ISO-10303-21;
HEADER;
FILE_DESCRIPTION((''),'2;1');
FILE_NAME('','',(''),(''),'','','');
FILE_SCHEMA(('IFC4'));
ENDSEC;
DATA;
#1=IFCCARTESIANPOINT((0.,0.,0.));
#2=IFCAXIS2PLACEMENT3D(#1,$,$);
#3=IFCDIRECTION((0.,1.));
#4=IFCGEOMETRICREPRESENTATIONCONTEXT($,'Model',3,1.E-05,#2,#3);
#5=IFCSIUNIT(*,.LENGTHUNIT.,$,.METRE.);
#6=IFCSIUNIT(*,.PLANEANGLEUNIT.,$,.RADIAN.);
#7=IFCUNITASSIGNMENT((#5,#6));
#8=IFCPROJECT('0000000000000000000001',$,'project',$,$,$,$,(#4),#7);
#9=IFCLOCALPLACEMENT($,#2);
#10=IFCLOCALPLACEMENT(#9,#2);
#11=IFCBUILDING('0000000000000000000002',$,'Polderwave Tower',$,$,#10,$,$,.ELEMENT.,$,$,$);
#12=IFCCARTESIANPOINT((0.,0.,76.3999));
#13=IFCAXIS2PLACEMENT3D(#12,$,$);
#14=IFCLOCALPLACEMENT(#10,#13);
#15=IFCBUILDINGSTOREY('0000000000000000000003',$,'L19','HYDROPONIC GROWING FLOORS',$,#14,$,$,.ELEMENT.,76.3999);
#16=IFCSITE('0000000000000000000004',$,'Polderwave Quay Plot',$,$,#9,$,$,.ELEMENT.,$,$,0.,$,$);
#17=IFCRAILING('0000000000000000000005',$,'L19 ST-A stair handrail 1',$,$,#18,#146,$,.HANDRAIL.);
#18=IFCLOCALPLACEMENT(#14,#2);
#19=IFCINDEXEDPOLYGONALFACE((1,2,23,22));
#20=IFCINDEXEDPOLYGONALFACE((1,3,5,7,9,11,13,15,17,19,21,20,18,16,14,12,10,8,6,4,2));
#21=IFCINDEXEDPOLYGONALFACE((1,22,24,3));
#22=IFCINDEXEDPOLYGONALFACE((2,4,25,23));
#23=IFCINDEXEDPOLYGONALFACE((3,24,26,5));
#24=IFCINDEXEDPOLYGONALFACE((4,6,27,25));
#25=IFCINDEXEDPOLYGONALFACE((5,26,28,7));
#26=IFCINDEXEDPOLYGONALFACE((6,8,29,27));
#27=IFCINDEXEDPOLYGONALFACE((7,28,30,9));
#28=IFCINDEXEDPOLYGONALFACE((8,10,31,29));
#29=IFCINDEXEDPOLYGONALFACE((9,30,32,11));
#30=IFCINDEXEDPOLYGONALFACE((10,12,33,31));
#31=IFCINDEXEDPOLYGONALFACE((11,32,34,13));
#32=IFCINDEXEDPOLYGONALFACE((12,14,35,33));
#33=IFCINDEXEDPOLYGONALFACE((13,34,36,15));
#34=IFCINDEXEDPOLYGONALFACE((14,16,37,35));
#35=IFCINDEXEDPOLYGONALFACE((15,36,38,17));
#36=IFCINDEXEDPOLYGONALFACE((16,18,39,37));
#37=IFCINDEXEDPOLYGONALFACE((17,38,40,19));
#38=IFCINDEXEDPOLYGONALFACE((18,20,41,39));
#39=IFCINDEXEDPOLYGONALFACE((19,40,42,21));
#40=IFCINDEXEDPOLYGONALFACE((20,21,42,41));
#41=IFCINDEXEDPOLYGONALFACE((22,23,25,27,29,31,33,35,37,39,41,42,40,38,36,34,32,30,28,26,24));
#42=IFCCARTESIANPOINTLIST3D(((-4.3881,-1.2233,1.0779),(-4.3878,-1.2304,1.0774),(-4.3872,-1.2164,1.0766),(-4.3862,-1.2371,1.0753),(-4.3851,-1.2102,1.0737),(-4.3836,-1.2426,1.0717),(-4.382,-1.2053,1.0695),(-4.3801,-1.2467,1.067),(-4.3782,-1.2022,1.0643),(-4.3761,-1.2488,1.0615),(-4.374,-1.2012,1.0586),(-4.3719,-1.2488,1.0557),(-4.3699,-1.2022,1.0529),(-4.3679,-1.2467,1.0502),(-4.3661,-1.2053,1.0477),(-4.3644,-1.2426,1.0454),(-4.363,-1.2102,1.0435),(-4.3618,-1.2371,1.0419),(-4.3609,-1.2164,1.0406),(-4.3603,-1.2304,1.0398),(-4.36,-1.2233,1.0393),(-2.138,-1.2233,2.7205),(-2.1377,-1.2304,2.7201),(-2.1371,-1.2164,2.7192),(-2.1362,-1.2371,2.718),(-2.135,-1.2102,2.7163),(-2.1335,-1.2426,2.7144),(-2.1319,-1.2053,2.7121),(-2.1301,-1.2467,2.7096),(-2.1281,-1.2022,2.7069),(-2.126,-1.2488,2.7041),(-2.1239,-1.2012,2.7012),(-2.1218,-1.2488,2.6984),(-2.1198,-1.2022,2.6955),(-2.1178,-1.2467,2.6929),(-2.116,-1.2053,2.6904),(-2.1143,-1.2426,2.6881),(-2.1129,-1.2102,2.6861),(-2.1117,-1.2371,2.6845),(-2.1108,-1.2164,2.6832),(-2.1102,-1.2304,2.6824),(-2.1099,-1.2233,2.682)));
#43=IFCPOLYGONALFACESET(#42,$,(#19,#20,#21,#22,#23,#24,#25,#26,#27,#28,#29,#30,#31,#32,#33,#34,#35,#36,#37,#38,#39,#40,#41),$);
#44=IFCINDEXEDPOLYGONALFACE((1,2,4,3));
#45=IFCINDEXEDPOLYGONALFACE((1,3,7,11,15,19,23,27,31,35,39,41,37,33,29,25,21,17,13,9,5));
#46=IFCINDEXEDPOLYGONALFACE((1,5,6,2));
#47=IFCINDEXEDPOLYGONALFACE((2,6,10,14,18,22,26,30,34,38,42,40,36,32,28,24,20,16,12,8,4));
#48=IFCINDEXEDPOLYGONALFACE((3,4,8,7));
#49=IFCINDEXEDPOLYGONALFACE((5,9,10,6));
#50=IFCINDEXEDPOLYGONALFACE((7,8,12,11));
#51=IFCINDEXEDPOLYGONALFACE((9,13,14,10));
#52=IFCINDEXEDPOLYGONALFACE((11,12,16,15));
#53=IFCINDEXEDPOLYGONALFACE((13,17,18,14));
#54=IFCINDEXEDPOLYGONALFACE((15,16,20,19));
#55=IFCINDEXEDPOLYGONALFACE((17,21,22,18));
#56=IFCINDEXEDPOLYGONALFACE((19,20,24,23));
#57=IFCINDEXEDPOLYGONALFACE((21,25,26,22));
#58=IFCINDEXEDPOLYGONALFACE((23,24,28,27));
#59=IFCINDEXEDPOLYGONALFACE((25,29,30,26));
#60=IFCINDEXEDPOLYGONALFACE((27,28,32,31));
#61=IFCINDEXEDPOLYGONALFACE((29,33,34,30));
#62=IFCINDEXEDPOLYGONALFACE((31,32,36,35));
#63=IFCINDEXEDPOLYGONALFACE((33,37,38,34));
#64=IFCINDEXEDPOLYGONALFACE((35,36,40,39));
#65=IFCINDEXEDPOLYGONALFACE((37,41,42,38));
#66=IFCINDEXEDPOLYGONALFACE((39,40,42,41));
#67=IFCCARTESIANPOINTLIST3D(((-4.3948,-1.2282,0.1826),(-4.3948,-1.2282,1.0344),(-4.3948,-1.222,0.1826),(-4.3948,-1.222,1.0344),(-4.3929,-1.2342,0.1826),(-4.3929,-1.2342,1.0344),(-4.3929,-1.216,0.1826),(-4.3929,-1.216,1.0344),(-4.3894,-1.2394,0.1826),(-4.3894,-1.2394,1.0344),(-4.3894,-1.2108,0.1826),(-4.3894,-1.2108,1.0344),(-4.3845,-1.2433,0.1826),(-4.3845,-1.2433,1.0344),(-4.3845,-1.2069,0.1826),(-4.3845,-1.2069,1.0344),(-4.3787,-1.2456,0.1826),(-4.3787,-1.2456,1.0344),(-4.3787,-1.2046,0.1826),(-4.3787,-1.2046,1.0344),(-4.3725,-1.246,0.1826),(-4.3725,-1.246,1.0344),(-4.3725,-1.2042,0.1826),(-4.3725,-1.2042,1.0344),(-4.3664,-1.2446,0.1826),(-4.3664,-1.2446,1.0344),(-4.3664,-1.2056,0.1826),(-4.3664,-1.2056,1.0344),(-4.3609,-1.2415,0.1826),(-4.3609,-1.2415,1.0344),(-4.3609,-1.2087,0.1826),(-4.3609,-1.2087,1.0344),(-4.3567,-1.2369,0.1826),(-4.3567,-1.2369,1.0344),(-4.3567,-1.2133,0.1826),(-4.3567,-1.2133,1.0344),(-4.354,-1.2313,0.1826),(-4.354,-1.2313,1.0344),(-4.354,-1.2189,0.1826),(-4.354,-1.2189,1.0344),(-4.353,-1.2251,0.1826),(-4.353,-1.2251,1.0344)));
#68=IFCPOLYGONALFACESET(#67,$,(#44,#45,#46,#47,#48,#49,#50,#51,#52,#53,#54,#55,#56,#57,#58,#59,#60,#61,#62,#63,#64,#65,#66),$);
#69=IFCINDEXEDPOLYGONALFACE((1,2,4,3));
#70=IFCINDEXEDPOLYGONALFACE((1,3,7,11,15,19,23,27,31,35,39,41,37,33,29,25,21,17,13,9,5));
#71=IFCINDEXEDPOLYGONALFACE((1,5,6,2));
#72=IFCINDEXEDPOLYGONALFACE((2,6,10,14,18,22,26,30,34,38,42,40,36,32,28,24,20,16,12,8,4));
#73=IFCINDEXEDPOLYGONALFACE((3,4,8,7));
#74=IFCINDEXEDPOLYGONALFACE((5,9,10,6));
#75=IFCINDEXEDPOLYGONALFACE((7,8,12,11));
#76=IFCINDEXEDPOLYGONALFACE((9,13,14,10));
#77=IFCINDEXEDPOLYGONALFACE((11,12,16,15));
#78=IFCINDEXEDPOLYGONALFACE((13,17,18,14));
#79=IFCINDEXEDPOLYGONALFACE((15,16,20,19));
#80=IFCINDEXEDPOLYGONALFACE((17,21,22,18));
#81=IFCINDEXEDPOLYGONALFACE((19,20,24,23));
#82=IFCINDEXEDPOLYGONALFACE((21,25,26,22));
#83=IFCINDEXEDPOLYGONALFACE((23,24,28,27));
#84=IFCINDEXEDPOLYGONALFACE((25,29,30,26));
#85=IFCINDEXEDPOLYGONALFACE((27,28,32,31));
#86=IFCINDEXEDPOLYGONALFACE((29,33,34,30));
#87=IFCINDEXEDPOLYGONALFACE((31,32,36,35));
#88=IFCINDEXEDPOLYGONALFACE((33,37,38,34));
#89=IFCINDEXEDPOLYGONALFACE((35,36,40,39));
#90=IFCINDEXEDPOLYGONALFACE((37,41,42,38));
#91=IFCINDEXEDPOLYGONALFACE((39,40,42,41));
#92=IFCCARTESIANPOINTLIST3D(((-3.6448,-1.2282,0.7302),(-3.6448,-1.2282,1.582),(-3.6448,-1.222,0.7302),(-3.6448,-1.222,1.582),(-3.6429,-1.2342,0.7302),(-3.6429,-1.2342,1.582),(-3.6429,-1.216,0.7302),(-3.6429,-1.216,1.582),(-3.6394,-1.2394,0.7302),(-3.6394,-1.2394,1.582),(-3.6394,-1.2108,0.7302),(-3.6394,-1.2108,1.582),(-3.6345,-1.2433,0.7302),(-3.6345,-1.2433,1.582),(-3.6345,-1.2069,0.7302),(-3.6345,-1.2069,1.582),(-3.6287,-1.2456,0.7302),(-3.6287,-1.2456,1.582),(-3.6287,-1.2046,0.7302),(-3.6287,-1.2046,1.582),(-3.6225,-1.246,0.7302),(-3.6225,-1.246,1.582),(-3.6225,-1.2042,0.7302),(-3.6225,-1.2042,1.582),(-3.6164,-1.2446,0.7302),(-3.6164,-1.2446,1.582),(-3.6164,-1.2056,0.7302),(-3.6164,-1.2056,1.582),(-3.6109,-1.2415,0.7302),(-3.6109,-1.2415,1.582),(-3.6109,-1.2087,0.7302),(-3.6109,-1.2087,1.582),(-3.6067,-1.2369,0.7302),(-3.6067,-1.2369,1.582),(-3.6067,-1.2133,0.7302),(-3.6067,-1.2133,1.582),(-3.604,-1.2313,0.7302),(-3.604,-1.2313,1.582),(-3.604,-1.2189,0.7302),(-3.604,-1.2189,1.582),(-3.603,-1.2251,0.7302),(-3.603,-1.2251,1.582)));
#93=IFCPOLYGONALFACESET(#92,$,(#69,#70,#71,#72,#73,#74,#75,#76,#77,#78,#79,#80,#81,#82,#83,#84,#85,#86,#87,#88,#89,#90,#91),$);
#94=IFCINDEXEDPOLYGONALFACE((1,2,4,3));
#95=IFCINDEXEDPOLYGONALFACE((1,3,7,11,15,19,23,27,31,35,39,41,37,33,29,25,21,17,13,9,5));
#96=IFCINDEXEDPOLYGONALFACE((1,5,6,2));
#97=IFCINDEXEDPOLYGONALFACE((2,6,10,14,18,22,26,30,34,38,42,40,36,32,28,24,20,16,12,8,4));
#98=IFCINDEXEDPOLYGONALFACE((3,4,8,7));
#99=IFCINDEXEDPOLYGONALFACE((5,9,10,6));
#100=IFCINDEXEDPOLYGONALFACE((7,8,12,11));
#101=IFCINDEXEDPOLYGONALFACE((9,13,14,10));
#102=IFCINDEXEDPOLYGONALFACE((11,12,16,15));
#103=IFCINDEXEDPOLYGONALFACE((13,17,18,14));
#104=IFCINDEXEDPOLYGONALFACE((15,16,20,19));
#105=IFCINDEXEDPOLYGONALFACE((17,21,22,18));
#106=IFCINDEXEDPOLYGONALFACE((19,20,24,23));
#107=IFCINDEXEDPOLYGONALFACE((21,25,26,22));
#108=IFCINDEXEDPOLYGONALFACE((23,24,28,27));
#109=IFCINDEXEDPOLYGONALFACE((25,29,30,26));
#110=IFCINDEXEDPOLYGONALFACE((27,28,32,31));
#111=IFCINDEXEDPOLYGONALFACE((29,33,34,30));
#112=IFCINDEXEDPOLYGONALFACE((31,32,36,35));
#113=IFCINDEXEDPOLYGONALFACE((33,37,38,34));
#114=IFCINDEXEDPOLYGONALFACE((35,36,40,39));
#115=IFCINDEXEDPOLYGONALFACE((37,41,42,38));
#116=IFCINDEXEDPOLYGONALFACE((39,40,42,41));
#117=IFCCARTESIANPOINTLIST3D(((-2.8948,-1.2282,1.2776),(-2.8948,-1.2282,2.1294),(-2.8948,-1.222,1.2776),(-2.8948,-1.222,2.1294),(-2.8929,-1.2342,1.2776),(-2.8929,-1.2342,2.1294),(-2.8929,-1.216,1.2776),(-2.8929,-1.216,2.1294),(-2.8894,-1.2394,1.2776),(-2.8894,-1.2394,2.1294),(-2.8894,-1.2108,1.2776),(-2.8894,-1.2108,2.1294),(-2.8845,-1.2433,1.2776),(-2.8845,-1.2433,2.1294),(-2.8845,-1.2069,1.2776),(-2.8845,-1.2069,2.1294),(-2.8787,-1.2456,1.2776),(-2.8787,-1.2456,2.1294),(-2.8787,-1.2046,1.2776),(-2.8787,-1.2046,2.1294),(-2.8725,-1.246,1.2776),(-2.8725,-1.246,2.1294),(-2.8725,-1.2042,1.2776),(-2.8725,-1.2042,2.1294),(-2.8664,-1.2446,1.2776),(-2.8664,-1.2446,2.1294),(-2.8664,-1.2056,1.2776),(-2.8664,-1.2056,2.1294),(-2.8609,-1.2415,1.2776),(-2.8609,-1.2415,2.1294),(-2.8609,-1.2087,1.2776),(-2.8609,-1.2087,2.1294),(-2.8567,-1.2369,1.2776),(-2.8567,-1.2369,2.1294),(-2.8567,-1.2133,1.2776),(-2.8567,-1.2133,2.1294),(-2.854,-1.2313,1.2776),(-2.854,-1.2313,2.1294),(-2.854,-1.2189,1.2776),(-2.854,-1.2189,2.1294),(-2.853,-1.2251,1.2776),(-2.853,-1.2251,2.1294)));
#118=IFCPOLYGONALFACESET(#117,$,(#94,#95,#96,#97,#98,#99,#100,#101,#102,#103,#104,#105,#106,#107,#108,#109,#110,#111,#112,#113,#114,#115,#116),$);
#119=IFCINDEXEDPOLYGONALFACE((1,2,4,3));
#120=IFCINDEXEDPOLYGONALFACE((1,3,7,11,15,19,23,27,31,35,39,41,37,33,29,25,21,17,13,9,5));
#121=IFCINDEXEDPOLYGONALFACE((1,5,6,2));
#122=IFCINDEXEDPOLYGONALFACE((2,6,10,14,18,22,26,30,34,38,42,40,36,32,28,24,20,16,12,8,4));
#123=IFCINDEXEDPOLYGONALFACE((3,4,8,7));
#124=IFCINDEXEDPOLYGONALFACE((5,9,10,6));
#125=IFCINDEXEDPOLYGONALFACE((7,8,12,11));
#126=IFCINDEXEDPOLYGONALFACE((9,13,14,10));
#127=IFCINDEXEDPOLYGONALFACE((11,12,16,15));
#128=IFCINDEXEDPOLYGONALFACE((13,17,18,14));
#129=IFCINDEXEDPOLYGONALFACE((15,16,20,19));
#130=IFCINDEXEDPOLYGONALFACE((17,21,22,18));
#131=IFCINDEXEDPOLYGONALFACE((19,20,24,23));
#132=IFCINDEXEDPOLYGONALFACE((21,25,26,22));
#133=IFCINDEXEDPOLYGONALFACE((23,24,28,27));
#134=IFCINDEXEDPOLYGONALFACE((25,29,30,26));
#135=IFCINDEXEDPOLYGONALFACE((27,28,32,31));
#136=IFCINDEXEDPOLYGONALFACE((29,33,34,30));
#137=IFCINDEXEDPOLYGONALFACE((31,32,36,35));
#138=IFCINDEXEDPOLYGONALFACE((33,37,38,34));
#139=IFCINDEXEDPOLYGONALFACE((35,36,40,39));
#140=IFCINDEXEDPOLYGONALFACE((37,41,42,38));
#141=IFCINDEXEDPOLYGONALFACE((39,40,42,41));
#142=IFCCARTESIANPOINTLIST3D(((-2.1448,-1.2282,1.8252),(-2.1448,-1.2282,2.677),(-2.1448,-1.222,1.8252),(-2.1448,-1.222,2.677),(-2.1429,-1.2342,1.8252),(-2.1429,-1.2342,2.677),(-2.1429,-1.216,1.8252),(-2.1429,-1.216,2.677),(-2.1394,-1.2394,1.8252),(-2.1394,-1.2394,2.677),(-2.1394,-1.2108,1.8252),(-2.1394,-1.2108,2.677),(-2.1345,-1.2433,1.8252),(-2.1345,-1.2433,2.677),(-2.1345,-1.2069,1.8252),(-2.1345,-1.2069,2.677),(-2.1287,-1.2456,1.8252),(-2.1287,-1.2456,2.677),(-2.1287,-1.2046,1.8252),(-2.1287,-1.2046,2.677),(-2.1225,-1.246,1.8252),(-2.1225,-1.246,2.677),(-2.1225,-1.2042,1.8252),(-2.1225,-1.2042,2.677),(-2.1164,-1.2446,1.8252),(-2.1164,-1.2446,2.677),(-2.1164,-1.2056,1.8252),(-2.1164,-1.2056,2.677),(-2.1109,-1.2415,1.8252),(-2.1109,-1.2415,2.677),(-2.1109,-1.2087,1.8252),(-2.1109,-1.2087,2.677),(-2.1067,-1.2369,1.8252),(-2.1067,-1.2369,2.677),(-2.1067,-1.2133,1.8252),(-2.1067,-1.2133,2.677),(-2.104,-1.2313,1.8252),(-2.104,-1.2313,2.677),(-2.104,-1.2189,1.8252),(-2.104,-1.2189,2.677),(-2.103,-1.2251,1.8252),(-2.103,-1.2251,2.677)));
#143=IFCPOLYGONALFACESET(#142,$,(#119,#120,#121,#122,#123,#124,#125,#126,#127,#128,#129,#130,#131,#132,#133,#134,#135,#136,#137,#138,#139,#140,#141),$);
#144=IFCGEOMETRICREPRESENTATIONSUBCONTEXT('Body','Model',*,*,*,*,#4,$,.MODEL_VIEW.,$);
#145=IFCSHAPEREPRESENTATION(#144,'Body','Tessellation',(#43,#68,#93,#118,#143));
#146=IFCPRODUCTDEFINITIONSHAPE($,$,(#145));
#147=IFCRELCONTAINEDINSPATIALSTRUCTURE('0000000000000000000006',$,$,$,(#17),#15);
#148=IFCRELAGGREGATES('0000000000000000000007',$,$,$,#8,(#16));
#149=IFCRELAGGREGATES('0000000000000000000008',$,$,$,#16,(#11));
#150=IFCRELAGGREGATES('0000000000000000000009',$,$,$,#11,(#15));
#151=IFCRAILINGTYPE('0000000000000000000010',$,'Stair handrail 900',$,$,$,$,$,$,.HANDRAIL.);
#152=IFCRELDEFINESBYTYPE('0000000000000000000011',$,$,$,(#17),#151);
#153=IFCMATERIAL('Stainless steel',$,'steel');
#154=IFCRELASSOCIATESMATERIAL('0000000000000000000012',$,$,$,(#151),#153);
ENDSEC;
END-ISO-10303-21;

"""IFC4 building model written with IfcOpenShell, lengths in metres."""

from ifc_helpers import new_model, si_unit, direction, frame, origin, origin_2d, place, context, subcontext, project, spatial, circle, extrude, material, type_object, element, save


model = new_model("IFC4")

# Units and contexts
model_context = context("Model", 3, precision=1e-05, world=origin(), true_north=direction((0.0, 1.0)))
body_context = subcontext(model_context, "Body", "Model", "MODEL_VIEW")
ifc_project = project(units=[si_unit("LENGTHUNIT", "METRE"), si_unit("PLANEANGLEUNIT", "RADIAN")], contexts=[model_context])

# Site, building, storey
site_placement = place(None, origin())
site = spatial("IfcSite", under=ifc_project, at=site_placement, Name="Polderwave Quay Plot", CompositionType="ELEMENT", RefElevation=0.0)
building_placement = place(site_placement, origin())
building = spatial("IfcBuilding", under=site, at=building_placement, Name="Polderwave Tower", CompositionType="ELEMENT")
storey_placement = place(building_placement, frame((0.0, 0.0, 76.3999)))
storey = spatial("IfcBuildingStorey", under=building, at=storey_placement, Name="L19", Description="HYDROPONIC GROWING FLOORS", CompositionType="ELEMENT", Elevation=76.3999)

# Shared definitions
ifc_material_1 = material(Name="Stainless steel", Category="steel")

# Railing
railing_type_1 = type_object("IfcRailingType", Name="Stair handrail 900", PredefinedType="HANDRAIL", material=ifc_material_1)
railing_1_placement = place(storey_placement, frame((-4.374, -1.2251, 0.1826)))
element("IfcRailing", 1, at=railing_1_placement, inside=storey, type_object=railing_type_1, Name="L19 ST-A stair handrail 1", PredefinedType="HANDRAIL", context=body_context, shape_type="SweptSolid", body=[
    extrude(circle(Radius=0.0239, at=origin_2d()), frame((0.0, 0.0, 0.876), z_axis=(0.807674, 0.0, 0.58963), x_axis=(0.0, 1.0, 0.0)), (0.0, 0.0, 1.0), 2.7859),
    extrude(circle(Radius=0.021, at=origin_2d()), origin(), (0.0, 0.0, 1.0), 0.8518),
    extrude(circle(Radius=0.021, at=origin_2d()), frame((0.75, 0.0, 0.5476)), (0.0, 0.0, 1.0), 0.8518),
    extrude(circle(Radius=0.021, at=origin_2d()), frame((1.5, 0.0, 1.095)), (0.0, 0.0, 1.0), 0.8518),
    extrude(circle(Radius=0.021, at=origin_2d()), frame((2.25, 0.0, 1.6426)), (0.0, 0.0, 1.0), 0.8518),
])

save(model, "model.ifc")
